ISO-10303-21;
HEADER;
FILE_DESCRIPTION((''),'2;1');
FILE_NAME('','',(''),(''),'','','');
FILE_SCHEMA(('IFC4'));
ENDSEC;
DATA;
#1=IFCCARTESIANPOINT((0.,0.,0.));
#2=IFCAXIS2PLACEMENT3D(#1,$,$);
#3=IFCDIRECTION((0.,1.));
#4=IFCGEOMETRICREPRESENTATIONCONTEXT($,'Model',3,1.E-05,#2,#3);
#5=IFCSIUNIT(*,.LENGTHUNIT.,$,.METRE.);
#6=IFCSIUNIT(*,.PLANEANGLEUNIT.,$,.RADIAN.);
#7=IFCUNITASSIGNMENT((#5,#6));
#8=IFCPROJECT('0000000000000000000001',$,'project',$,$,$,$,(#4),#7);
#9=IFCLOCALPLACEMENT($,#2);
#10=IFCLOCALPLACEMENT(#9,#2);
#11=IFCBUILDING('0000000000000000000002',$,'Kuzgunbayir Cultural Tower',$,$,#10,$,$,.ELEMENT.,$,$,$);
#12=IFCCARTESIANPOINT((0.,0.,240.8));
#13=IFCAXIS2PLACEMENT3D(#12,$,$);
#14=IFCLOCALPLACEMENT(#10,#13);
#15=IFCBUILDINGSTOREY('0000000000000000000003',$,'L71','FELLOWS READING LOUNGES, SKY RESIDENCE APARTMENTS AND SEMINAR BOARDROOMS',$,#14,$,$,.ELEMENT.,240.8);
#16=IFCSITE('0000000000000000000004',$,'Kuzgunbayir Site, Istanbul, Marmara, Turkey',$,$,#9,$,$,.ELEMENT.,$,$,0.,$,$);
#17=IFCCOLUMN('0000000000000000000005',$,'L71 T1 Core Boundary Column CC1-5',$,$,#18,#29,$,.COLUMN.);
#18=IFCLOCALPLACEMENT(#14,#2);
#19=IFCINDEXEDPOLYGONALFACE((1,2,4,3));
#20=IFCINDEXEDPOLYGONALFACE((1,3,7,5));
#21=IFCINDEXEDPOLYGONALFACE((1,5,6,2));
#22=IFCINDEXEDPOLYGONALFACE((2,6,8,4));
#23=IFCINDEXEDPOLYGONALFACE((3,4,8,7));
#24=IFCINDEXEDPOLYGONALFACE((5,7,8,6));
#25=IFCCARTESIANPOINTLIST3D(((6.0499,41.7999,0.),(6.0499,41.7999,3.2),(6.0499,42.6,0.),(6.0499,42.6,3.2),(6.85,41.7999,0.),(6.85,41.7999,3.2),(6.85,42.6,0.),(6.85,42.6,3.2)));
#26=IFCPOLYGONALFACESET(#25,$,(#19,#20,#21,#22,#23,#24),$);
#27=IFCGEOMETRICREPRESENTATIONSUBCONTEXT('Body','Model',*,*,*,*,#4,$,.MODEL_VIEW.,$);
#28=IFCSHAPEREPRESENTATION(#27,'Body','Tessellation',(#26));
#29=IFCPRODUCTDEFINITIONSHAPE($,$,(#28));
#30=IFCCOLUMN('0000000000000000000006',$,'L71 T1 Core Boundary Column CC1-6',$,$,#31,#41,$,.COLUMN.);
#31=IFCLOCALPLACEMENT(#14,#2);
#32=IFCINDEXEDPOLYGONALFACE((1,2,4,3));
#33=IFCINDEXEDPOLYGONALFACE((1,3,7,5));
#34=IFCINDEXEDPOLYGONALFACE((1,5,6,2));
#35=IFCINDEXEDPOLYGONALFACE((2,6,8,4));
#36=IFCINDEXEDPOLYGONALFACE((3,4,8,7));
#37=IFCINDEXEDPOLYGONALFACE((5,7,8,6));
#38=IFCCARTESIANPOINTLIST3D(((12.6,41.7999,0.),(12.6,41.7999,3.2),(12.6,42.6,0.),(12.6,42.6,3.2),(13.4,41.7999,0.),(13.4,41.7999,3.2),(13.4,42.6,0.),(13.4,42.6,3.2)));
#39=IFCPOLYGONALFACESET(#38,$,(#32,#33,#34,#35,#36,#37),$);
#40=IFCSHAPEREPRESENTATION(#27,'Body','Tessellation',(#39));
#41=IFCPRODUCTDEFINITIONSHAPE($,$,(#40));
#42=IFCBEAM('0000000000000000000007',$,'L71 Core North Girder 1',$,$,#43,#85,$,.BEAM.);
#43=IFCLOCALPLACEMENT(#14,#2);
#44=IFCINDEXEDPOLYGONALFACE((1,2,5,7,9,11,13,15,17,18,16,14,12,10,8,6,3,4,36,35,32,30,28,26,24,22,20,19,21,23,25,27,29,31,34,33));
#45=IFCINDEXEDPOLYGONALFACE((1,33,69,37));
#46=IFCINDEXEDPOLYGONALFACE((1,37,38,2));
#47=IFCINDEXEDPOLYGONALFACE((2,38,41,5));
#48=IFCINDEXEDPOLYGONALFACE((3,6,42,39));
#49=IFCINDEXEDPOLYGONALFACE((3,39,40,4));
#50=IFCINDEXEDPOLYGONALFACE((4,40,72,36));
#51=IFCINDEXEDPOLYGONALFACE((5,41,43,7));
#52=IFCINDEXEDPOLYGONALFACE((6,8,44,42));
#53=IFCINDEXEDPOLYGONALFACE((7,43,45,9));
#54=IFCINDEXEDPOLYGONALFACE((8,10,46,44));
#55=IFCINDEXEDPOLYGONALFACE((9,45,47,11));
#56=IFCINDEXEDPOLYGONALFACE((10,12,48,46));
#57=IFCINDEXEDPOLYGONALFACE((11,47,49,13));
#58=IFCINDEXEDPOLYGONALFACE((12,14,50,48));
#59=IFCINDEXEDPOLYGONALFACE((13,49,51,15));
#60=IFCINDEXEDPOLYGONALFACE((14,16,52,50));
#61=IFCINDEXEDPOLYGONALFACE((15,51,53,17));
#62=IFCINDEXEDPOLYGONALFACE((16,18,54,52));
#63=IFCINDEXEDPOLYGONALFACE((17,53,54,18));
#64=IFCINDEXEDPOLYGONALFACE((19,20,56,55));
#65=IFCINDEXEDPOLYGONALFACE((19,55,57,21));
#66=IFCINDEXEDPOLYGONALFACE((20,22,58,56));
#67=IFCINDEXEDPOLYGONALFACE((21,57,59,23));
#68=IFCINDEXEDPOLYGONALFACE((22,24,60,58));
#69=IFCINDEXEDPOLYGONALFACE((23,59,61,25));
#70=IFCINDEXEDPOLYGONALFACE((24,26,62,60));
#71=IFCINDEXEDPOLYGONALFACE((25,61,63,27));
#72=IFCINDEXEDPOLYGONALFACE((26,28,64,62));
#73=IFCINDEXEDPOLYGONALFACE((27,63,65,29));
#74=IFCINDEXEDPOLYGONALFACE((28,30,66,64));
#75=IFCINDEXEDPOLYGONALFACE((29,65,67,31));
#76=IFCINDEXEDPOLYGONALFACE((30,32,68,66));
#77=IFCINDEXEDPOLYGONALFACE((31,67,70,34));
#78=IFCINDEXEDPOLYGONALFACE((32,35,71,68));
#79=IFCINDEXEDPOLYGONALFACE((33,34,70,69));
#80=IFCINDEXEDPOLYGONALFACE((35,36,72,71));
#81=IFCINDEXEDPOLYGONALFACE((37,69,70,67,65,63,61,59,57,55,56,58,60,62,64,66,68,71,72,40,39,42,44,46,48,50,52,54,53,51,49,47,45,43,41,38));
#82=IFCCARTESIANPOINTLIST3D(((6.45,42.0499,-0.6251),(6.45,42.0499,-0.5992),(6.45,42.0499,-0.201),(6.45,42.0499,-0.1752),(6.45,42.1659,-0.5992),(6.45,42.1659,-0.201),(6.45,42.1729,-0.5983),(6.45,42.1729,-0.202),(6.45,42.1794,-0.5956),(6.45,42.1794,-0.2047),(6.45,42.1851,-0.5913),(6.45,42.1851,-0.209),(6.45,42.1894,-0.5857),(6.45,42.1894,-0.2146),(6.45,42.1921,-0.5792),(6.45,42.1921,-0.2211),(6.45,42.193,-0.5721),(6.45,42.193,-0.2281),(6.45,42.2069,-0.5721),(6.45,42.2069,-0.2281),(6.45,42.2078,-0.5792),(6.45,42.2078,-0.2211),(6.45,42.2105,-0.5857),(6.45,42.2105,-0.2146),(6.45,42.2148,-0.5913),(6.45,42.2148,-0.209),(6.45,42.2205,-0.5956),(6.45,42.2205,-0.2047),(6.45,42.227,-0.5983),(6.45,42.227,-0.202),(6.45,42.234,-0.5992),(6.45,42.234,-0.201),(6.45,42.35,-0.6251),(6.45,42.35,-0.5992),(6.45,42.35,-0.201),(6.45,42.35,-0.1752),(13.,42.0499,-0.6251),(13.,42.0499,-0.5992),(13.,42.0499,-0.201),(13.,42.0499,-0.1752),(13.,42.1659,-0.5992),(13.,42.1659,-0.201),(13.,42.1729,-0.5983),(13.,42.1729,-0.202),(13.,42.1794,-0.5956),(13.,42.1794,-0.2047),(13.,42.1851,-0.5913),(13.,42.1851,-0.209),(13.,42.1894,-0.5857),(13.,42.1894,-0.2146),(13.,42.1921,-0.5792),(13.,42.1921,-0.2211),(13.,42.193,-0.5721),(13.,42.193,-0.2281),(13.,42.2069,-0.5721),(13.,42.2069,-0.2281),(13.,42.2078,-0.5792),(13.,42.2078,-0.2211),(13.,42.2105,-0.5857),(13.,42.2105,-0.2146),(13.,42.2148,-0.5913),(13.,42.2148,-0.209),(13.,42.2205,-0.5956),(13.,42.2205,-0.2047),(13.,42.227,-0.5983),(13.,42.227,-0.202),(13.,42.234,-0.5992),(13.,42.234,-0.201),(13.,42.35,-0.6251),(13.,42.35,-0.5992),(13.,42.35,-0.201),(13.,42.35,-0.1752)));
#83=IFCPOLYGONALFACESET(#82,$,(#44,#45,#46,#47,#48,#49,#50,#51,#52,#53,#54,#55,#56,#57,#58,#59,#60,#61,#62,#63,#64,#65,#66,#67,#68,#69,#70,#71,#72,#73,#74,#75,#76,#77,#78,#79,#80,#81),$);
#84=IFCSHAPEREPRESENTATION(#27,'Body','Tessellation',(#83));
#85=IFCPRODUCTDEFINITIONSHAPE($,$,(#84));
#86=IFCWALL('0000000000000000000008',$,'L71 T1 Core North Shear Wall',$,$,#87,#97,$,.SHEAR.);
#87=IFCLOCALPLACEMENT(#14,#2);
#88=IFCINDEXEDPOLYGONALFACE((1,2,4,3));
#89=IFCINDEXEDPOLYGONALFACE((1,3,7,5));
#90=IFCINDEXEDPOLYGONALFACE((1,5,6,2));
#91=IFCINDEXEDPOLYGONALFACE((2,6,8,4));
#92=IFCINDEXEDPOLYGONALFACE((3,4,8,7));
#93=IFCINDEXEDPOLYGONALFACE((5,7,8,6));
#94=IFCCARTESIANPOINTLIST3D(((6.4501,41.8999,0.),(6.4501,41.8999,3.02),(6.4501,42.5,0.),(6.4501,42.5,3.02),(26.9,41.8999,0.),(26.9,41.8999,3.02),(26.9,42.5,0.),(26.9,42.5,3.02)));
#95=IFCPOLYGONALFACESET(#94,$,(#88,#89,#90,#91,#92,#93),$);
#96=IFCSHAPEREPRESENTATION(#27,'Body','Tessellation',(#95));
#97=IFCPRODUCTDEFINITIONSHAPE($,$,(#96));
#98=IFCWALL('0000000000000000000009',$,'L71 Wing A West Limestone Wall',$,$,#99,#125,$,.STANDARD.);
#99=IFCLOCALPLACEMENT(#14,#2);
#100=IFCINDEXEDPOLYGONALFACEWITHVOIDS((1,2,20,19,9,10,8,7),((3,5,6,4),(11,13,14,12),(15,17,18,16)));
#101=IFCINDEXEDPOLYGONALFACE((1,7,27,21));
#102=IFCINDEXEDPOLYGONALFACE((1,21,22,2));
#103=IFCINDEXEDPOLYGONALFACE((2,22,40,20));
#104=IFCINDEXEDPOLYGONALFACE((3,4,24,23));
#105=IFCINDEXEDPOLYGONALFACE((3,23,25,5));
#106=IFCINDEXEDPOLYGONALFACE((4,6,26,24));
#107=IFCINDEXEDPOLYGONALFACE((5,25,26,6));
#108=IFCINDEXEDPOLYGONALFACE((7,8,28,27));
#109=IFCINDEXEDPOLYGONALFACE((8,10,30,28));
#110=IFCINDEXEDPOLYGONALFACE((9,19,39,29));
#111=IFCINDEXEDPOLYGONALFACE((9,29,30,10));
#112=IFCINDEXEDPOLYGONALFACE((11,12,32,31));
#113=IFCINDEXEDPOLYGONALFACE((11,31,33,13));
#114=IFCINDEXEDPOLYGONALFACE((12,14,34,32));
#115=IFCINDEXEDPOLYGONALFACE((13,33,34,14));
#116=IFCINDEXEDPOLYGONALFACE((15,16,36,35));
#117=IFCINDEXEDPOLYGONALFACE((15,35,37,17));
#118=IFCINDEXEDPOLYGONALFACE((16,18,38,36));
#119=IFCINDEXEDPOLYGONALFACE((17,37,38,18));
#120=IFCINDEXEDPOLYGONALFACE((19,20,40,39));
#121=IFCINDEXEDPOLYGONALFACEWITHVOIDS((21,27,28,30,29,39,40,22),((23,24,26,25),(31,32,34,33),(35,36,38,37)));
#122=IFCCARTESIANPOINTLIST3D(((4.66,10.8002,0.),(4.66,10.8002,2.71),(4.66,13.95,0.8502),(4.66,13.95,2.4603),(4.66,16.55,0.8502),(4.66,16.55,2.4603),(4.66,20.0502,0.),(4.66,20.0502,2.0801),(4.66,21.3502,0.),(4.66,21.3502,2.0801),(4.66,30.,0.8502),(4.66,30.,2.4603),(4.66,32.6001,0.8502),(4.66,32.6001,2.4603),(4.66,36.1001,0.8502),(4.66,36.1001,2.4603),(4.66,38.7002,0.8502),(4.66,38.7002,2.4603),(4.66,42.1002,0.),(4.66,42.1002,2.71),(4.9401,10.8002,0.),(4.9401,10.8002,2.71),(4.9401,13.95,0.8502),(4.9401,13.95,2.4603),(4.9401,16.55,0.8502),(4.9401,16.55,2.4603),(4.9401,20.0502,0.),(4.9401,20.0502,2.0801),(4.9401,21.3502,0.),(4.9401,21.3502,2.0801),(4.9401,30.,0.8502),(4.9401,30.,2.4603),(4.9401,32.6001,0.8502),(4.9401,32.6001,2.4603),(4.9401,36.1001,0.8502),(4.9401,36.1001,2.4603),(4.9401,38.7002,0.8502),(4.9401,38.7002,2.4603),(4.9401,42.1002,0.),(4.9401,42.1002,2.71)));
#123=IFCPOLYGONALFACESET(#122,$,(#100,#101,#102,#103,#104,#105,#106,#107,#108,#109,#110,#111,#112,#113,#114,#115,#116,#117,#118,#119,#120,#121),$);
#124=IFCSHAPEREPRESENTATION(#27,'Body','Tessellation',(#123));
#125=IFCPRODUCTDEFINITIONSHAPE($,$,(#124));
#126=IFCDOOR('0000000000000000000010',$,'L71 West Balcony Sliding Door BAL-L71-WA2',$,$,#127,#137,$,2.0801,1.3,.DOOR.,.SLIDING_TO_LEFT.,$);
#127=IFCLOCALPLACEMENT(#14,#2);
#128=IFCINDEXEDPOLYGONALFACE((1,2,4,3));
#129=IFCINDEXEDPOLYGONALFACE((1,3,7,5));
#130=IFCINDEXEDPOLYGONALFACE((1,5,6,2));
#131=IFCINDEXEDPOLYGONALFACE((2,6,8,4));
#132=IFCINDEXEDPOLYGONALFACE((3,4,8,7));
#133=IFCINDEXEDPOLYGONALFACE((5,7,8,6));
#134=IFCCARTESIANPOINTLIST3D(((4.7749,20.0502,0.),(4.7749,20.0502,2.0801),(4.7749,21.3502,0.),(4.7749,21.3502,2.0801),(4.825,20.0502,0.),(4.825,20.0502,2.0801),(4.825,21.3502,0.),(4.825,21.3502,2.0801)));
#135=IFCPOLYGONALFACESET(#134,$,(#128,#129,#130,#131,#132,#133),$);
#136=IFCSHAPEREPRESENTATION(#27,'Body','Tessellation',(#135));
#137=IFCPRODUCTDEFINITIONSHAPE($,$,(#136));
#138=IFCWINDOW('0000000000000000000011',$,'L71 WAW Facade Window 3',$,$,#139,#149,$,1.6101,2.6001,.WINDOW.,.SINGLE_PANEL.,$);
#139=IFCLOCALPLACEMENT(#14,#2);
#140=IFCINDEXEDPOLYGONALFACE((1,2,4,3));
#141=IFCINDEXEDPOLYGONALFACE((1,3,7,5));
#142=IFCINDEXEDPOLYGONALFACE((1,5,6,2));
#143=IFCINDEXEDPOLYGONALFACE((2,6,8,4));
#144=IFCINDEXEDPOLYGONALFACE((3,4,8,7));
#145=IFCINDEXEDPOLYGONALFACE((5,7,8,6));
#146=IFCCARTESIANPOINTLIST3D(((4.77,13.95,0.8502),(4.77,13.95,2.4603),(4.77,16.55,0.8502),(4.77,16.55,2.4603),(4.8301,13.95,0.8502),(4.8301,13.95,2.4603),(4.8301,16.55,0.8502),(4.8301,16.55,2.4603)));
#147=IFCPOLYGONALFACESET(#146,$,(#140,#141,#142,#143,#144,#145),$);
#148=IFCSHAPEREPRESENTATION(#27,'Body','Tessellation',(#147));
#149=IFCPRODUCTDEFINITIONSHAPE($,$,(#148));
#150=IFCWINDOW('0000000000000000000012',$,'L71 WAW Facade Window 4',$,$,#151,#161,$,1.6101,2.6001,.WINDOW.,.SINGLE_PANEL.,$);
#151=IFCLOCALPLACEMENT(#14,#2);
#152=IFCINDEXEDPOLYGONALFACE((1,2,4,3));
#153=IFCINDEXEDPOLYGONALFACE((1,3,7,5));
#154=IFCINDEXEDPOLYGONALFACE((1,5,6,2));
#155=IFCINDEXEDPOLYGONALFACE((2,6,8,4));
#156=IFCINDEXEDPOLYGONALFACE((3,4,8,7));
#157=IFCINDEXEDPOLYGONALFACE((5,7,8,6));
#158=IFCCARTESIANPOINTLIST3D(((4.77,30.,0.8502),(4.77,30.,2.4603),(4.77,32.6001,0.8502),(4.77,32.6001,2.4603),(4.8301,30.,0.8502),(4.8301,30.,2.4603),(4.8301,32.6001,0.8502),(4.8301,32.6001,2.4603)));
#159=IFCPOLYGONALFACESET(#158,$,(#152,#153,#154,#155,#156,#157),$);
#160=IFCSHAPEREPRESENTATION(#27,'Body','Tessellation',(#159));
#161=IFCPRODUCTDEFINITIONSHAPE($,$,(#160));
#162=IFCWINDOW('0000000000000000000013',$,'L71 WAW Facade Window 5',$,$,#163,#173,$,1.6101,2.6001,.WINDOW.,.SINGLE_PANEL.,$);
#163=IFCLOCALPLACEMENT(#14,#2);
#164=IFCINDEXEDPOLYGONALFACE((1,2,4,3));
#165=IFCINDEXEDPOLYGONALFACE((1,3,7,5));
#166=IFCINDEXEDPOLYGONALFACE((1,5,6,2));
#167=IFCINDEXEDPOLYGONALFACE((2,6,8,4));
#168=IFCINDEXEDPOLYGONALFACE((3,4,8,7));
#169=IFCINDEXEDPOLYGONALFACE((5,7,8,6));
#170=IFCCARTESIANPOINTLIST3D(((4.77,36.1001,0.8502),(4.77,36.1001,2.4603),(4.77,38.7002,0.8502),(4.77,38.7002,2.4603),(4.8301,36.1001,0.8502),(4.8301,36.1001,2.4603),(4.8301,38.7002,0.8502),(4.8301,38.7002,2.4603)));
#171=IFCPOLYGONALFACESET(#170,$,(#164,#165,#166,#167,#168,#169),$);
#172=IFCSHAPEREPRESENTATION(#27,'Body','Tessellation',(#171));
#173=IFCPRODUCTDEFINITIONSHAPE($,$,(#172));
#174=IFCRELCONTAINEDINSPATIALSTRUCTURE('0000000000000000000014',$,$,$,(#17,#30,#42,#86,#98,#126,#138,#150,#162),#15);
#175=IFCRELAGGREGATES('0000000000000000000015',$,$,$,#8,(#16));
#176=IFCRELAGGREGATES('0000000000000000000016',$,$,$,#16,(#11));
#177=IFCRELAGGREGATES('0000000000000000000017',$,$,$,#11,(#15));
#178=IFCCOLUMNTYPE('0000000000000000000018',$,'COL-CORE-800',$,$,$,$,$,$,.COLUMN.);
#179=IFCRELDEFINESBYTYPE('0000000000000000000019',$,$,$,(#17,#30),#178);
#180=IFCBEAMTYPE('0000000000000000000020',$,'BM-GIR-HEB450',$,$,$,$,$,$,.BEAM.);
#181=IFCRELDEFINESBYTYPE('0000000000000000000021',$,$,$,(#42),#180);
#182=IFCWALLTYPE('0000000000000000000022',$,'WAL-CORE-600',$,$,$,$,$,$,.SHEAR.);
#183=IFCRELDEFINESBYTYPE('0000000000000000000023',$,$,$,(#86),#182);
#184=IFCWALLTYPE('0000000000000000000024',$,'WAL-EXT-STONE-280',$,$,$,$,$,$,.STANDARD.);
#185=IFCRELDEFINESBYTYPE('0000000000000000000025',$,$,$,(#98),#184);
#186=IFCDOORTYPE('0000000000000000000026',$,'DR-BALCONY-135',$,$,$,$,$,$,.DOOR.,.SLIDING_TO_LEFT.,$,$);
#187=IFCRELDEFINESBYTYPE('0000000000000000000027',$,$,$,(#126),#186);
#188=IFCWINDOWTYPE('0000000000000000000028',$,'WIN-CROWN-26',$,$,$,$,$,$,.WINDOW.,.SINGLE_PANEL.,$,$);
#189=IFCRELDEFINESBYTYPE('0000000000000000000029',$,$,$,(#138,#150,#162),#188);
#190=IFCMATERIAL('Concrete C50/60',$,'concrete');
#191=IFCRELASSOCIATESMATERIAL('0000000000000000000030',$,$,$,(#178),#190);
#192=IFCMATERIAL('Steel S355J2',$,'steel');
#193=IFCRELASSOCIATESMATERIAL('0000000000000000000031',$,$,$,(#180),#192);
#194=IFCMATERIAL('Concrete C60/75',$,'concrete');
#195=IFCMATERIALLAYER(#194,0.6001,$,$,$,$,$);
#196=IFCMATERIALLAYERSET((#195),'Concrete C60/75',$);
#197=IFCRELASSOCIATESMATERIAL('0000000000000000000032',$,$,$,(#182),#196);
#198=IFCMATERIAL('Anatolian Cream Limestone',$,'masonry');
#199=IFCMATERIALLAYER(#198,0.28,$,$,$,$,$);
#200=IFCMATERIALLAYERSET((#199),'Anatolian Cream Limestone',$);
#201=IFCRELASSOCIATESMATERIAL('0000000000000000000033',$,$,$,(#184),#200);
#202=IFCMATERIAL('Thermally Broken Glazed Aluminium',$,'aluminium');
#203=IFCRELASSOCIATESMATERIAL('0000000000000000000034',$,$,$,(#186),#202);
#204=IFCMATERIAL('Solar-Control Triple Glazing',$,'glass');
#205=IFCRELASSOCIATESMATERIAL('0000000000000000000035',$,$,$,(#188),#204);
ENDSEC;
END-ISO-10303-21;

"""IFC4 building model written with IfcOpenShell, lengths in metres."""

from ifc_helpers import new_model, si_unit, direction, frame, frame_2d, origin, origin_2d, place, context, subcontext, project, spatial, rectangle, i_section, extrude, material, layer, layer_set, material_profile, profile_set, type_object, element, fill, save


model = new_model("IFC4")

# Units and contexts
model_context = context("Model", 3, precision=1e-05, world=origin(), true_north=direction((0.0, 1.0)))
body_context = subcontext(model_context, "Body", "Model", "MODEL_VIEW")
ifc_project = project(units=[si_unit("LENGTHUNIT", "METRE"), si_unit("PLANEANGLEUNIT", "RADIAN")], contexts=[model_context])

# Site, building, storey
site_placement = place(None, origin())
site = spatial("IfcSite", under=ifc_project, at=site_placement, Name="Kuzgunbayir Site, Istanbul, Marmara, Turkey", CompositionType="ELEMENT", RefElevation=0.0)
building_placement = place(site_placement, origin())
building = spatial("IfcBuilding", under=site, at=building_placement, Name="Kuzgunbayir Cultural Tower", CompositionType="ELEMENT")
storey_placement = place(building_placement, frame((0.0, 0.0, 240.8)))
storey = spatial("IfcBuildingStorey", under=building, at=storey_placement, Name="L71", Description="FELLOWS READING LOUNGES, SKY RESIDENCE APARTMENTS AND SEMINAR BOARDROOMS", CompositionType="ELEMENT", Elevation=240.8)

# Columns
ifc_material_1 = material(Name="Concrete C50/60", Category="concrete")
ifc_material_profile_1 = material_profile(ifc_material_1, rectangle(XDim=0.8, YDim=0.8, at=origin_2d()), Name="RC 800x800")
ifc_profile_set_1 = profile_set([ifc_material_profile_1], Name="Concrete C50/60")
column_type = type_object("IfcColumnType", Name="COL-CORE-800", PredefinedType="COLUMN", material=ifc_profile_set_1)
for number, where, z_axis, x_axis, name in (
    (1, (6.45, 42.2, 0.0), (0.0, 0.0, 1.0), (1.0, 0.0, 0.0), "L71 T1 Core Boundary Column CC1-5"),
    (2, (13.0, 42.2, 0.0), (0.0, 0.0, 1.0), (1.0, 0.0, 0.0), "L71 T1 Core Boundary Column CC1-6"),
):
    element("IfcColumn", number, at=place(storey_placement, frame(where, z_axis=z_axis, x_axis=x_axis)), inside=storey, type_object=column_type, Name=name, PredefinedType="COLUMN", context=body_context, shape_type="SweptSolid", body=[
        extrude(rectangle(XDim=0.8, YDim=0.8, at=origin_2d()), origin(), (0.0, 0.0, 1.0), 3.2),
    ])

# Beam
ifc_material_2 = material(Name="Steel S355J2", Category="steel")
ifc_material_profile_2 = material_profile(ifc_material_2, i_section(OverallWidth=0.3, OverallDepth=0.45, WebThickness=0.0139, FlangeThickness=0.0259, FilletRadius=0.0271, at=origin_2d()), Name="HEB 450")
ifc_profile_set_2 = profile_set([ifc_material_profile_2], Name="Steel S355J2")
beam_type = type_object("IfcBeamType", Name="BM-GIR-HEB450", PredefinedType="BEAM", material=ifc_profile_set_2)
beam_placement = place(storey_placement, frame((6.45, 42.2, -0.4001), z_axis=(1.0, 0.0, 0.0), x_axis=(0.0, 1.0, 0.0)))
element("IfcBeam", 3, at=beam_placement, inside=storey, type_object=beam_type, Name="L71 Core North Girder 1", PredefinedType="BEAM", context=body_context, shape_type="SweptSolid", body=[
    extrude(i_section(OverallWidth=0.3, OverallDepth=0.45, WebThickness=0.0139, FlangeThickness=0.0259, FilletRadius=0.0271, at=origin_2d()), origin(), (0.0, 0.0, 1.0), 6.55),
])

# Wall
ifc_material_3 = material(Name="Concrete C60/75", Category="concrete")
ifc_layer_1 = layer(ifc_material_3, 0.6001)
ifc_layer_set_1 = layer_set([ifc_layer_1], Name="Concrete C60/75")
wall_type_1 = type_object("IfcWallType", Name="WAL-CORE-600", PredefinedType="SHEAR", material=ifc_layer_set_1)
wall_1_placement = place(storey_placement, frame((6.45, 42.2, 0.0), z_axis=(0.0, 0.0, 1.0), x_axis=(1.0, 0.0, 0.0)))
element("IfcWall", 4, at=wall_1_placement, inside=storey, type_object=wall_type_1, Name="L71 T1 Core North Shear Wall", PredefinedType="SHEAR", context=body_context, shape_type="SweptSolid", body=[
    extrude(rectangle(XDim=20.45, YDim=0.6001, at=frame_2d((10.2251, 0.0))), origin(), (0.0, 0.0, 1.0), 3.02),
])

# Wall, openings, door, windows
ifc_material_4 = material(Name="Anatolian Cream Limestone", Category="masonry")
ifc_layer_2 = layer(ifc_material_4, 0.28)
ifc_layer_set_2 = layer_set([ifc_layer_2], Name="Anatolian Cream Limestone")
wall_type_2 = type_object("IfcWallType", Name="WAL-EXT-STONE-280", PredefinedType="STANDARD", material=ifc_layer_set_2)
wall_2_placement = place(storey_placement, frame((4.8, 42.1001, 0.0), z_axis=(0.0, 0.0, 1.0), x_axis=(0.0, -1.0, 0.0)))
wall_2 = element("IfcWall", 5, at=wall_2_placement, inside=storey, type_object=wall_type_2, Name="L71 Wing A West Limestone Wall", PredefinedType="STANDARD", context=body_context, shape_type="SweptSolid", body=[
    extrude(rectangle(XDim=31.3, YDim=0.28, at=frame_2d((15.6499, 0.0))), origin(), (0.0, 0.0, 1.0), 2.71),
])
opening_1_placement = place(wall_2_placement, frame((20.75, 0.0, 0.0)))
opening_1 = element("IfcOpeningElement", 6, at=opening_1_placement, cuts=wall_2, PredefinedType="OPENING", context=body_context, shape_type="SweptSolid", body=[
    extrude(rectangle(XDim=1.3, YDim=2.0801, at=frame_2d((0.6499, 1.04))), frame((0.0, 0.1499, 0.0), z_axis=(0.0, -1.0, 0.0), x_axis=(1.0, 0.0, 0.0)), (0.0, 0.0, 1.0), 0.3),
])
opening_2_placement = place(wall_2_placement, frame((25.55, 0.0, 0.8501)))
opening_2 = element("IfcOpeningElement", 7, at=opening_2_placement, cuts=wall_2, PredefinedType="OPENING", context=body_context, shape_type="SweptSolid", body=[
    extrude(rectangle(XDim=2.6001, YDim=1.6101, at=frame_2d((1.3, 0.8052))), frame((0.0, 0.1499, 0.0), z_axis=(0.0, -1.0, 0.0), x_axis=(1.0, 0.0, 0.0)), (0.0, 0.0, 1.0), 0.3),
])
opening_3_placement = place(wall_2_placement, frame((9.5, 0.0, 0.8501)))
opening_3 = element("IfcOpeningElement", 8, at=opening_3_placement, cuts=wall_2, PredefinedType="OPENING", context=body_context, shape_type="SweptSolid", body=[
    extrude(rectangle(XDim=2.6001, YDim=1.6101, at=frame_2d((1.3, 0.8052))), frame((0.0, 0.1499, 0.0), z_axis=(0.0, -1.0, 0.0), x_axis=(1.0, 0.0, 0.0)), (0.0, 0.0, 1.0), 0.3),
])
opening_4_placement = place(wall_2_placement, frame((3.3999, 0.0, 0.8501)))
opening_4 = element("IfcOpeningElement", 9, at=opening_4_placement, cuts=wall_2, PredefinedType="OPENING", context=body_context, shape_type="SweptSolid", body=[
    extrude(rectangle(XDim=2.6001, YDim=1.6101, at=frame_2d((1.3, 0.8052))), frame((0.0, 0.1499, 0.0), z_axis=(0.0, -1.0, 0.0), x_axis=(1.0, 0.0, 0.0)), (0.0, 0.0, 1.0), 0.3),
])
ifc_material_5 = material(Name="Thermally Broken Glazed Aluminium", Category="aluminium")
door_type_1 = type_object("IfcDoorType", Name="DR-BALCONY-135", OperationType="SLIDING_TO_LEFT", PredefinedType="DOOR", material=ifc_material_5)
door_1_placement = place(opening_1_placement, origin())
door_1 = element("IfcDoor", 10, at=door_1_placement, inside=storey, type_object=door_type_1, Name="L71 West Balcony Sliding Door BAL-L71-WA2", OperationType="SLIDING_TO_LEFT", OverallHeight=2.0801, OverallWidth=1.3, PredefinedType="DOOR", context=body_context, shape_type="SweptSolid", body=[
    extrude(rectangle(XDim=1.3, YDim=2.0801, at=frame_2d((0.6499, 1.04))), frame((0.0, 0.0249, 0.0), z_axis=(0.0, -1.0, 0.0), x_axis=(1.0, 0.0, 0.0)), (0.0, 0.0, 1.0), 0.05),
])
fill(opening_1, door_1)
ifc_material_6 = material(Name="Solar-Control Triple Glazing", Category="glass")
window_type = type_object("IfcWindowType", Name="WIN-CROWN-26", PartitioningType="SINGLE_PANEL", PredefinedType="WINDOW", material=ifc_material_6)
window_1_placement = place(opening_2_placement, origin())
window_1 = element("IfcWindow", 11, at=window_1_placement, inside=storey, type_object=window_type, Name="L71 WAW Facade Window 3", OverallHeight=1.6101, OverallWidth=2.6001, PartitioningType="SINGLE_PANEL", PredefinedType="WINDOW", context=body_context, shape_type="SweptSolid", body=[
    extrude(rectangle(XDim=2.6001, YDim=1.6101, at=frame_2d((1.3, 0.8052))), frame((0.0, 0.03, 0.0), z_axis=(0.0, -1.0, 0.0), x_axis=(1.0, 0.0, 0.0)), (0.0, 0.0, 1.0), 0.0601),
])
fill(opening_2, window_1)
window_2_placement = place(opening_3_placement, origin())
window_2 = element("IfcWindow", 12, at=window_2_placement, inside=storey, type_object=window_type, Name="L71 WAW Facade Window 4", OverallHeight=1.6101, OverallWidth=2.6001, PartitioningType="SINGLE_PANEL", PredefinedType="WINDOW", context=body_context, shape_type="SweptSolid", body=[
    extrude(rectangle(XDim=2.6001, YDim=1.6101, at=frame_2d((1.3, 0.8052))), frame((0.0, 0.03, 0.0), z_axis=(0.0, -1.0, 0.0), x_axis=(1.0, 0.0, 0.0)), (0.0, 0.0, 1.0), 0.0601),
])
fill(opening_3, window_2)
window_3_placement = place(opening_4_placement, origin())
window_3 = element("IfcWindow", 13, at=window_3_placement, inside=storey, type_object=window_type, Name="L71 WAW Facade Window 5", OverallHeight=1.6101, OverallWidth=2.6001, PartitioningType="SINGLE_PANEL", PredefinedType="WINDOW", context=body_context, shape_type="SweptSolid", body=[
    extrude(rectangle(XDim=2.6001, YDim=1.6101, at=frame_2d((1.3, 0.8052))), frame((0.0, 0.03, 0.0), z_axis=(0.0, -1.0, 0.0), x_axis=(1.0, 0.0, 0.0)), (0.0, 0.0, 1.0), 0.0601),
])
fill(opening_4, window_3)

save(model, "model.ifc")
